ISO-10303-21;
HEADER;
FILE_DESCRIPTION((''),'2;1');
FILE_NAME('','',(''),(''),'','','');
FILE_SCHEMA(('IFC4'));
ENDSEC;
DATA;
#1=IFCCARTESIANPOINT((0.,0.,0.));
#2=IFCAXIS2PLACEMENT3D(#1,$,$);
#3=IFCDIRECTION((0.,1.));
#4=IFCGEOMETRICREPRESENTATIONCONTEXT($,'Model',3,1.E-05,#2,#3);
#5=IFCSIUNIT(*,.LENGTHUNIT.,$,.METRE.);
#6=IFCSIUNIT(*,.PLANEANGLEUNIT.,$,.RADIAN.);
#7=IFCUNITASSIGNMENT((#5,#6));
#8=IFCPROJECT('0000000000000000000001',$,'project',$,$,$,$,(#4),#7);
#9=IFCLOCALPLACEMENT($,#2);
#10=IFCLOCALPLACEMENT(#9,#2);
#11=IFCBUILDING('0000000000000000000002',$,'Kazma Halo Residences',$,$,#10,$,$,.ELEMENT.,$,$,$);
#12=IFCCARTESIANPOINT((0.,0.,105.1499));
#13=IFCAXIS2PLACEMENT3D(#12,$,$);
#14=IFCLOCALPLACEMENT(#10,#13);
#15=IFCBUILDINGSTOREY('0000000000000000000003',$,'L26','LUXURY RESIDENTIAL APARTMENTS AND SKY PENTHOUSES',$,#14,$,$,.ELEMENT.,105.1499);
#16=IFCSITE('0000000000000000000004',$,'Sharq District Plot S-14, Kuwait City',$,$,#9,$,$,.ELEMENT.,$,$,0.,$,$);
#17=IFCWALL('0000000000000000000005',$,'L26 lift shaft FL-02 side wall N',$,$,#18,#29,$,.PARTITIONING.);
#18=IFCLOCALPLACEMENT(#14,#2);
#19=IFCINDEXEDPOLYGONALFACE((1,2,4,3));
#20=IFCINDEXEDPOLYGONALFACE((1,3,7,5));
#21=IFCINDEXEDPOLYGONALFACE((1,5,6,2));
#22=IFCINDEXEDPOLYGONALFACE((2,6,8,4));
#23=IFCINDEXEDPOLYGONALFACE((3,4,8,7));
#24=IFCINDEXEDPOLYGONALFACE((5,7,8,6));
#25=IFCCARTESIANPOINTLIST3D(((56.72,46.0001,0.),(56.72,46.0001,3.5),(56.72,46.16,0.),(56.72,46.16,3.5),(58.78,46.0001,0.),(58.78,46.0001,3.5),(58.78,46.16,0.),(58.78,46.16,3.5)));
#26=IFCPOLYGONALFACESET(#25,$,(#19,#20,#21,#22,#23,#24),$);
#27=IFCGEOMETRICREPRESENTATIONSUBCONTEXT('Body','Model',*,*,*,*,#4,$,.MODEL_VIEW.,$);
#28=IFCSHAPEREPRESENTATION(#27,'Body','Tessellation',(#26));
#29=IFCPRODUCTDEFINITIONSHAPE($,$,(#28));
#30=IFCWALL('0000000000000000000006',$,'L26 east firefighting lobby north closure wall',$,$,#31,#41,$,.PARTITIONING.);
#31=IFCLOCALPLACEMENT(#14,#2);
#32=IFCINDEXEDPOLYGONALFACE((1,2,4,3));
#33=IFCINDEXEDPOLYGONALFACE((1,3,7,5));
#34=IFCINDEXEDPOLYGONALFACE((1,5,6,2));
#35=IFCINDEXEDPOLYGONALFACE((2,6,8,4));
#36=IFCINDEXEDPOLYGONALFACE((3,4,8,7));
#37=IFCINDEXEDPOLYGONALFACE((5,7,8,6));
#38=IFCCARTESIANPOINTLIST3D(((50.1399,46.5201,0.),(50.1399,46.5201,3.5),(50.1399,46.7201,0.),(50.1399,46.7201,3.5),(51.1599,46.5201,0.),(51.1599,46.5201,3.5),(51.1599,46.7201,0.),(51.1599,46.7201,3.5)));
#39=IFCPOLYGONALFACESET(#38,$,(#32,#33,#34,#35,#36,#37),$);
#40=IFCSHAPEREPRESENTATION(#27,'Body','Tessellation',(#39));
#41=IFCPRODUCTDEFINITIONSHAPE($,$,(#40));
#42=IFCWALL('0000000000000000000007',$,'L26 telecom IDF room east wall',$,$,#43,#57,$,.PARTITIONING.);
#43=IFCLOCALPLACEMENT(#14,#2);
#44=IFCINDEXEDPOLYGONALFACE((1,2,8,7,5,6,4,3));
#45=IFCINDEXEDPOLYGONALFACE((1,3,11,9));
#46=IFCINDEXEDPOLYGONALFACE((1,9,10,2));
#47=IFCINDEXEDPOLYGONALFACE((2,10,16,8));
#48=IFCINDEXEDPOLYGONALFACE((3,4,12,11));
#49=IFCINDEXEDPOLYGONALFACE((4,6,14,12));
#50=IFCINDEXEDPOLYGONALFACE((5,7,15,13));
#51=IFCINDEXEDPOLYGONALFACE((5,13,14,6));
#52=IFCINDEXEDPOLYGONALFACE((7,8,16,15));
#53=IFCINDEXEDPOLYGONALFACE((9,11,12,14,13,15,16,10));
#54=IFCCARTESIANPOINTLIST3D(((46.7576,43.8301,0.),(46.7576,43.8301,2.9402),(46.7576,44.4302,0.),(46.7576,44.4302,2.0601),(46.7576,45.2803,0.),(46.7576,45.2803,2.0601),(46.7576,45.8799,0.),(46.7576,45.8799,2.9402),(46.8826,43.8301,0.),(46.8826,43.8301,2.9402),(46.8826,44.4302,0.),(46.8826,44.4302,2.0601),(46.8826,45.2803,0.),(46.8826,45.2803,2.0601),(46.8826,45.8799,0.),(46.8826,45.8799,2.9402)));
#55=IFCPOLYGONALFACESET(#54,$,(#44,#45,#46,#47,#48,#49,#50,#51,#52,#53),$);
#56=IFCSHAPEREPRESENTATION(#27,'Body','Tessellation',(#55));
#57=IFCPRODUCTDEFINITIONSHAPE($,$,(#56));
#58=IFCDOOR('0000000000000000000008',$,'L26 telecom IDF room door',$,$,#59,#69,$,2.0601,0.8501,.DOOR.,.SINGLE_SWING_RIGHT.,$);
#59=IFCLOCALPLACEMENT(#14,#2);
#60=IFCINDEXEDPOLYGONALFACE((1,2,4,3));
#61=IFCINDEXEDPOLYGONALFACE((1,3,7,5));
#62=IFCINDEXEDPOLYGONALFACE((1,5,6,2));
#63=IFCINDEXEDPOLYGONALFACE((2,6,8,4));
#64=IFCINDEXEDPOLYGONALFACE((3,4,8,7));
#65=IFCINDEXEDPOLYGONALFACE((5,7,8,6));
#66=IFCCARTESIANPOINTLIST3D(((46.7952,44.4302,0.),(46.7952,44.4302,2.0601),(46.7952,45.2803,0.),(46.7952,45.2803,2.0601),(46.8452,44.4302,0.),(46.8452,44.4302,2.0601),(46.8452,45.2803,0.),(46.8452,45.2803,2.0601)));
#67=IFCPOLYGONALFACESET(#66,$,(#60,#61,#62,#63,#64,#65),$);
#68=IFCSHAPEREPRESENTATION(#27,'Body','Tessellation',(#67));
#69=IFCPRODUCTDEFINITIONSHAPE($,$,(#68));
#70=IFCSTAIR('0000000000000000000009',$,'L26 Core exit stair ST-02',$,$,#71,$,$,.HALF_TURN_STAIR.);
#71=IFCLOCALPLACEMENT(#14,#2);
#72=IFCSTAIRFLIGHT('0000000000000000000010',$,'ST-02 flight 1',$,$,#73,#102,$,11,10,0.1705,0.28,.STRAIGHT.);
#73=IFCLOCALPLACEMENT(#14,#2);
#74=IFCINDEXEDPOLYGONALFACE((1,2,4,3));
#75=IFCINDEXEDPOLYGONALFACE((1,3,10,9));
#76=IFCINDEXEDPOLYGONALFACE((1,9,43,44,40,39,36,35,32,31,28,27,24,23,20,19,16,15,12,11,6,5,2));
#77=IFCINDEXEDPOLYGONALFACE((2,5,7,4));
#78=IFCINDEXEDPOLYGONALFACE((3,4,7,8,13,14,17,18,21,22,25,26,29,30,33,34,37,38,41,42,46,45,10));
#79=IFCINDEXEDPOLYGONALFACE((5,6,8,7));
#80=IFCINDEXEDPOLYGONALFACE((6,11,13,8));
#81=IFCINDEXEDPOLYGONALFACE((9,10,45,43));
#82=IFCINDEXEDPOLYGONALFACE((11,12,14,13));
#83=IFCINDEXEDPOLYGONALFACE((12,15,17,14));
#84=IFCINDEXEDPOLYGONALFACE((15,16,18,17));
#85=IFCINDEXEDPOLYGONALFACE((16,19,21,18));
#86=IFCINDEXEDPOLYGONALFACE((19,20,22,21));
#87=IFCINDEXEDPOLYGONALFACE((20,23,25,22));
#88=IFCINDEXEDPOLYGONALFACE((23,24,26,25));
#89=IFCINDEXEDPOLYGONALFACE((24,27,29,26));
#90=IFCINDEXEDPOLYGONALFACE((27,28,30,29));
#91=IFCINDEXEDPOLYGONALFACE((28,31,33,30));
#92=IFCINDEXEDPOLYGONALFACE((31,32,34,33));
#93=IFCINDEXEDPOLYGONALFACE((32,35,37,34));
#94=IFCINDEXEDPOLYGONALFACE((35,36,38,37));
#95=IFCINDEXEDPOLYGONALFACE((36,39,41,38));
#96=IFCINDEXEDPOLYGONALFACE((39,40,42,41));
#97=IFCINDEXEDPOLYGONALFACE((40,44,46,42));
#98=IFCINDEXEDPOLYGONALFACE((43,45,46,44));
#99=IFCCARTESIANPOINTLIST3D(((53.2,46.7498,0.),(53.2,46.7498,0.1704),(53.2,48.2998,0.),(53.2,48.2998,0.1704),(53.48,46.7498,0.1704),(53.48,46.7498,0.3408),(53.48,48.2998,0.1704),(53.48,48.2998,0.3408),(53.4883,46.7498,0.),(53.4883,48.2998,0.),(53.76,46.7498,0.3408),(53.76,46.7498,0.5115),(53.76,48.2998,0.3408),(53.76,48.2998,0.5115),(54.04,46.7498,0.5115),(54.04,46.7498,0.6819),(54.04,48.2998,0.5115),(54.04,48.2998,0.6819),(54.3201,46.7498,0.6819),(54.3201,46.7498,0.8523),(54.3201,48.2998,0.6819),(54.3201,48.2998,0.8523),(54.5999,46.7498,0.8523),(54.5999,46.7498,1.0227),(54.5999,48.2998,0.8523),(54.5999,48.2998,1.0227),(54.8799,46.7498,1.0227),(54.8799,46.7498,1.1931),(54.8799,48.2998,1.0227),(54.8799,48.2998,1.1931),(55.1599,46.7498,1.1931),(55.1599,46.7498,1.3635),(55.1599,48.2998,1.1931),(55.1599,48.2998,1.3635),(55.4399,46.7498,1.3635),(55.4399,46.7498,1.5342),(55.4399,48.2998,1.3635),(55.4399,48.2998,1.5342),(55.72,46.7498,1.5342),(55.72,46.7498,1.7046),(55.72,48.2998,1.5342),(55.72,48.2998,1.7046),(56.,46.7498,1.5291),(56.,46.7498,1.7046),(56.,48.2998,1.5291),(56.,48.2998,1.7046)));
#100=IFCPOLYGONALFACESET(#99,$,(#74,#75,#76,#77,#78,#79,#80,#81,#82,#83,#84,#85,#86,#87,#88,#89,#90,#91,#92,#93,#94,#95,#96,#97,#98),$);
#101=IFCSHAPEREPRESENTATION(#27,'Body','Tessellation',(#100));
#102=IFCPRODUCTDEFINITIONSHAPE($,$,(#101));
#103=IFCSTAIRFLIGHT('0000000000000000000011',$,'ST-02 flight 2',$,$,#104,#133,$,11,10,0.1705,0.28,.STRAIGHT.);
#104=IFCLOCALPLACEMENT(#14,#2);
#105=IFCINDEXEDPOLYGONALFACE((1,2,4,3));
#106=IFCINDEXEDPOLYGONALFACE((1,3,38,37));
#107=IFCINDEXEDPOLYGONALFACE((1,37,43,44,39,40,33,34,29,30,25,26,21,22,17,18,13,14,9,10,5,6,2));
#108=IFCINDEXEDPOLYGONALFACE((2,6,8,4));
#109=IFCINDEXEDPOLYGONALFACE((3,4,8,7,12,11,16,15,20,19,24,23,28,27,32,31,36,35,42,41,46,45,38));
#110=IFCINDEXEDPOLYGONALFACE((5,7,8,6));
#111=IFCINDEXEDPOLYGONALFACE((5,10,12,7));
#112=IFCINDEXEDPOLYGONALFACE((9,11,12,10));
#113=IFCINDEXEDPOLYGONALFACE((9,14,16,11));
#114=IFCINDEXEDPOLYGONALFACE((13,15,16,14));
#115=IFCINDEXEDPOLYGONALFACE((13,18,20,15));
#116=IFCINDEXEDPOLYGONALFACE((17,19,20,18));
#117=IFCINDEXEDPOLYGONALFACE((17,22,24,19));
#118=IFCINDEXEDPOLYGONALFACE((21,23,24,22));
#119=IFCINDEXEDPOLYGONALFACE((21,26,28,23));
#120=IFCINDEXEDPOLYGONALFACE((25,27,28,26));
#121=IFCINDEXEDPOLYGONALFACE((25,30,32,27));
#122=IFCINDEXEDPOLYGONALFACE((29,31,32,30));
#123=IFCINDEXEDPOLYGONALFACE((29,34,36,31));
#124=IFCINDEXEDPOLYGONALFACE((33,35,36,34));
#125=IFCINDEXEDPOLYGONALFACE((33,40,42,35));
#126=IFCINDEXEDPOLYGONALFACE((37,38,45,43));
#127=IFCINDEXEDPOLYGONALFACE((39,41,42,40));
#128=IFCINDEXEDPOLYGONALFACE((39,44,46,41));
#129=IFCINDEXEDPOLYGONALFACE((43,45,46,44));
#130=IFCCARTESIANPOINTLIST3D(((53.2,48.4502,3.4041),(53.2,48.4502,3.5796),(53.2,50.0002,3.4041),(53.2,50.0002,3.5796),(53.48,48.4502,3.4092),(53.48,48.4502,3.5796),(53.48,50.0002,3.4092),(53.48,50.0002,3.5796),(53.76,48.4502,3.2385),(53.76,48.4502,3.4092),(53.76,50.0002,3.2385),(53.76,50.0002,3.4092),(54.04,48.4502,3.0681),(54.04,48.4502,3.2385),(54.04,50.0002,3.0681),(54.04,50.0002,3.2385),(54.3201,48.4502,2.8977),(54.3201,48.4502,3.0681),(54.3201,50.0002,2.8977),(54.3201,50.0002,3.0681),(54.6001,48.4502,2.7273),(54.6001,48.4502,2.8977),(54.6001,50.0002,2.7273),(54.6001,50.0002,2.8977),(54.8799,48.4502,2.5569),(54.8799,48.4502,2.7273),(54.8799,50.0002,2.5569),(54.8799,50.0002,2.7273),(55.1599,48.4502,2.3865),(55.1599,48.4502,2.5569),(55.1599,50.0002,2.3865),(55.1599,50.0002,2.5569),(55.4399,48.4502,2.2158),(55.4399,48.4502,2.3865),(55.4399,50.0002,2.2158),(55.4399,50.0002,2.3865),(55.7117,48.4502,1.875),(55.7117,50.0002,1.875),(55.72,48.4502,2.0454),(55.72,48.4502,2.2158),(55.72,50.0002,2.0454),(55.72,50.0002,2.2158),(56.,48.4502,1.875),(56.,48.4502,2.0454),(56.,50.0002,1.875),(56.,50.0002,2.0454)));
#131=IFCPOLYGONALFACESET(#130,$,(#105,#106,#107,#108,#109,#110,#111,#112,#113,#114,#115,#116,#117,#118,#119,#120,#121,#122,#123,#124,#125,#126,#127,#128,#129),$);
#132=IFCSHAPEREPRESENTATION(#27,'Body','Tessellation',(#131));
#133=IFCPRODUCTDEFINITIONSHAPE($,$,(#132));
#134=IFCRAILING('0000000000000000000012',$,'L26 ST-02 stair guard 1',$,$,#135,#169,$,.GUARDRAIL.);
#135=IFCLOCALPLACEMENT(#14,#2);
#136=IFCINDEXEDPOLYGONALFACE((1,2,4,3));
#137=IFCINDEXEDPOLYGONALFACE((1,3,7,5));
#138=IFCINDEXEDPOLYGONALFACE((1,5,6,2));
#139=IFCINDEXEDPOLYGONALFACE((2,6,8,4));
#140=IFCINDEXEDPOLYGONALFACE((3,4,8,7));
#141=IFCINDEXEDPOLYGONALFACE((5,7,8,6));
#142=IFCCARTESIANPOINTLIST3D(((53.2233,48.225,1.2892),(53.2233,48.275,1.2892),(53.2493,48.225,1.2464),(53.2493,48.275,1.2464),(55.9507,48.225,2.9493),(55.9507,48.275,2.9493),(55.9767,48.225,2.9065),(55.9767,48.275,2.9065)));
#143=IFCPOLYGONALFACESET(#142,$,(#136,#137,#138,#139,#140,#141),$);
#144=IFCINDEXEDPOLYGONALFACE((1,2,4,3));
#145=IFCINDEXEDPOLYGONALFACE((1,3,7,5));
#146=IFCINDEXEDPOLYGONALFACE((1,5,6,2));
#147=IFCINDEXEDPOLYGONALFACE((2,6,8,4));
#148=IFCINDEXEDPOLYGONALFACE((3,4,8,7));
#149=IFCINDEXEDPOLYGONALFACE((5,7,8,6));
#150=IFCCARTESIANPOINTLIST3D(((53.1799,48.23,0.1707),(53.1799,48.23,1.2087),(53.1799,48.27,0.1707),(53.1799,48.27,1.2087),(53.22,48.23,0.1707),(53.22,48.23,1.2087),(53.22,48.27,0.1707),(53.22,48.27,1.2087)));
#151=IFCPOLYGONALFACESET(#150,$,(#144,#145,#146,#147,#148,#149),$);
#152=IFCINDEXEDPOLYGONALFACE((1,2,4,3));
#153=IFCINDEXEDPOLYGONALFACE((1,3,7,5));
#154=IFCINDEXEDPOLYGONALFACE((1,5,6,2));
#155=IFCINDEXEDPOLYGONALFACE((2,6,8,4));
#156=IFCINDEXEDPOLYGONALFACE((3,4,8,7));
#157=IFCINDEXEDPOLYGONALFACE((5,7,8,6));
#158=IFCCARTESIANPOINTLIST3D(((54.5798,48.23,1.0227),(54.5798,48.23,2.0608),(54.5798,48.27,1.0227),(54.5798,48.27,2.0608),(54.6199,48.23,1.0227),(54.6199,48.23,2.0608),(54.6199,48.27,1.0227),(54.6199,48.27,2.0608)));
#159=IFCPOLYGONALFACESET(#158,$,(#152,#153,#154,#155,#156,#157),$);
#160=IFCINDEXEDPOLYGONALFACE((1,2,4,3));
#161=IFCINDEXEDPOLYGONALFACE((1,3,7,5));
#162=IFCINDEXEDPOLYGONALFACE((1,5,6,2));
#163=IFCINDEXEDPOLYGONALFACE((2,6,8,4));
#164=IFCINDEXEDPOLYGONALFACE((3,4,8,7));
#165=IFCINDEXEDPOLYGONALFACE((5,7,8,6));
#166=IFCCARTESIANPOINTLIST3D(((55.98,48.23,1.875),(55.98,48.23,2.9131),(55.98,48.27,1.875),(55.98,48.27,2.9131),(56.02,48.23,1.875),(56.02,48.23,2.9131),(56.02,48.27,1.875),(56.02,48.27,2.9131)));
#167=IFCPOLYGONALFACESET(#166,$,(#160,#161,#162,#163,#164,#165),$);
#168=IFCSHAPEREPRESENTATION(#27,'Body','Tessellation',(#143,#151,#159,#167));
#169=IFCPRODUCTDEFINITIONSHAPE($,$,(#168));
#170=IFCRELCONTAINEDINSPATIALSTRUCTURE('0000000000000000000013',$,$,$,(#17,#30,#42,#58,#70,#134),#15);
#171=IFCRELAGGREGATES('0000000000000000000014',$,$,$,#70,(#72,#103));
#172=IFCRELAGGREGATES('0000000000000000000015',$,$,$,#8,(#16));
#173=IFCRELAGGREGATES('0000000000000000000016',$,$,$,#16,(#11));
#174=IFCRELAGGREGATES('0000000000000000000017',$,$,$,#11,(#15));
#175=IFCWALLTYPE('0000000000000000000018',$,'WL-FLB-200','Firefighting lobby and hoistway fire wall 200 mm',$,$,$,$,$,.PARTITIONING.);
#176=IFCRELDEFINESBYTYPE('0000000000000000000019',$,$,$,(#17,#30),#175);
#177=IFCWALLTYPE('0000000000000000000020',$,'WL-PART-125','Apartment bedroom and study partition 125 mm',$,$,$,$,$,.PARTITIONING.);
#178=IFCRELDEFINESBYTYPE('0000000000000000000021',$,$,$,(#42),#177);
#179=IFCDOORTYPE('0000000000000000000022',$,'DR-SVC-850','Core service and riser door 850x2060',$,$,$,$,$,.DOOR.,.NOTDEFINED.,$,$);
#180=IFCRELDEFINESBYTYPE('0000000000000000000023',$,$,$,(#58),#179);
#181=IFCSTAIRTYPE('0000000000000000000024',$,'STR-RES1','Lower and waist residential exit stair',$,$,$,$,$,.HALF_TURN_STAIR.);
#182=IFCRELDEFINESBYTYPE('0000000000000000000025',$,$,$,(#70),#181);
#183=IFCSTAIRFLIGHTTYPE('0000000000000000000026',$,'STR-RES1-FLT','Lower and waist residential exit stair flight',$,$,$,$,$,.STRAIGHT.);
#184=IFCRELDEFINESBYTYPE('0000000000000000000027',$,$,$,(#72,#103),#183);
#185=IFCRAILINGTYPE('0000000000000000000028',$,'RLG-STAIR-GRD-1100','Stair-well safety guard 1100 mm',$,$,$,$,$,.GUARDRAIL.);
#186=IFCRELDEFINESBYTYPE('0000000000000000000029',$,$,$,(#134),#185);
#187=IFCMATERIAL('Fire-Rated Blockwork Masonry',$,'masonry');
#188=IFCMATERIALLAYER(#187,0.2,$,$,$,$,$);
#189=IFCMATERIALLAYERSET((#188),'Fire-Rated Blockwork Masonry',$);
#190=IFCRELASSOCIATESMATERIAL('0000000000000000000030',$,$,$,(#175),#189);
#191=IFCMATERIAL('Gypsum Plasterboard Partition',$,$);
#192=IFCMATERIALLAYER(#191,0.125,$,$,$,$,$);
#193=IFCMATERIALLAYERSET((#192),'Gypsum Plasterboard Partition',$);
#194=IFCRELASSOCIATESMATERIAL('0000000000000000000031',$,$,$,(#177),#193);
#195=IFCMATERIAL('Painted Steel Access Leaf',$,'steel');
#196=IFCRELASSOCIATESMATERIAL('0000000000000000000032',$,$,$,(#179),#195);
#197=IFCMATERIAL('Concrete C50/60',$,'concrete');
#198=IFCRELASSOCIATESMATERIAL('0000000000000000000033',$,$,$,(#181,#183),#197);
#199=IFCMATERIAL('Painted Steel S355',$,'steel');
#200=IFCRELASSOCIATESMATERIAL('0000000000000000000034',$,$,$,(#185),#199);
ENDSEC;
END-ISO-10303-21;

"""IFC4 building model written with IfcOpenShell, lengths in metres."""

from ifc_helpers import new_model, si_unit, direction, frame, frame_2d, origin, origin_2d, place, context, subcontext, project, spatial, polyline, rectangle, outline, extrude, material, layer, layer_set, type_object, element, fill, aggregate, save


model = new_model("IFC4")

# Units and contexts
model_context = context("Model", 3, precision=1e-05, world=origin(), true_north=direction((0.0, 1.0)))
body_context = subcontext(model_context, "Body", "Model", "MODEL_VIEW")
ifc_project = project(units=[si_unit("LENGTHUNIT", "METRE"), si_unit("PLANEANGLEUNIT", "RADIAN")], contexts=[model_context])

# Site, building, storey
site_placement = place(None, origin())
site = spatial("IfcSite", under=ifc_project, at=site_placement, Name="Sharq District Plot S-14, Kuwait City", CompositionType="ELEMENT", RefElevation=0.0)
building_placement = place(site_placement, origin())
building = spatial("IfcBuilding", under=site, at=building_placement, Name="Kazma Halo Residences", CompositionType="ELEMENT")
storey_placement = place(building_placement, frame((0.0, 0.0, 105.1499)))
storey = spatial("IfcBuildingStorey", under=building, at=storey_placement, Name="L26", Description="LUXURY RESIDENTIAL APARTMENTS AND SKY PENTHOUSES", CompositionType="ELEMENT", Elevation=105.1499)

# Shared definitions
ifc_material_1 = material(Name="Fire-Rated Blockwork Masonry", Category="masonry")
ifc_layer_1 = layer(ifc_material_1, 0.2)
ifc_layer_set_1 = layer_set([ifc_layer_1], Name="Fire-Rated Blockwork Masonry")
wall_type_1 = type_object("IfcWallType", Name="WL-FLB-200", Description="Firefighting lobby and hoistway fire wall 200 mm", PredefinedType="PARTITIONING", material=ifc_layer_set_1)

# Walls
wall_1_placement = place(storey_placement, frame((56.72, 46.0801, 0.0), z_axis=(0.0, 0.0, 1.0), x_axis=(1.0, 0.0, 0.0)))
element("IfcWall", 1, at=wall_1_placement, inside=storey, type_object=wall_type_1, Name="L26 lift shaft FL-02 side wall N", PredefinedType="PARTITIONING", context=body_context, shape_type="SweptSolid", body=[
    extrude(rectangle(XDim=2.0601, YDim=0.1599, at=frame_2d((1.03, 0.0))), origin(), (0.0, 0.0, 1.0), 3.5),
])
wall_2_placement = place(storey_placement, frame((50.1399, 46.6201, 0.0), z_axis=(0.0, 0.0, 1.0), x_axis=(1.0, 0.0, 0.0)))
element("IfcWall", 2, at=wall_2_placement, inside=storey, type_object=wall_type_1, Name="L26 east firefighting lobby north closure wall", PredefinedType="PARTITIONING", context=body_context, shape_type="SweptSolid", body=[
    extrude(rectangle(XDim=1.02, YDim=0.2, at=frame_2d((0.51, 0.0))), origin(), (0.0, 0.0, 1.0), 3.5),
])

# Wall, opening, door
ifc_material_2 = material(Name="Gypsum Plasterboard Partition")
ifc_layer_2 = layer(ifc_material_2, 0.125)
ifc_layer_set_2 = layer_set([ifc_layer_2], Name="Gypsum Plasterboard Partition")
wall_type_2 = type_object("IfcWallType", Name="WL-PART-125", Description="Apartment bedroom and study partition 125 mm", PredefinedType="PARTITIONING", material=ifc_layer_set_2)
wall_3_placement = place(storey_placement, frame((46.8201, 43.8301, 0.0), z_axis=(0.0, 0.0, 1.0), x_axis=(0.0, 1.0, 0.0)))
wall_3 = element("IfcWall", 3, at=wall_3_placement, inside=storey, type_object=wall_type_2, Name="L26 telecom IDF room east wall", PredefinedType="PARTITIONING", context=body_context, shape_type="SweptSolid", body=[
    extrude(rectangle(XDim=2.0498, YDim=0.125, at=frame_2d((1.0249, 0.0))), origin(), (0.0, 0.0, 1.0), 2.9402),
])
opening_1_placement = place(wall_3_placement, frame((0.6001, 0.0, 0.0)))
opening_1 = element("IfcOpeningElement", 4, at=opening_1_placement, cuts=wall_3, PredefinedType="OPENING", context=body_context, shape_type="SweptSolid", body=[
    extrude(rectangle(XDim=0.8501, YDim=2.0601, at=frame_2d((0.425, 1.03))), frame((0.0, 0.0725, 0.0), z_axis=(0.0, -1.0, 0.0), x_axis=(1.0, 0.0, 0.0)), (0.0, 0.0, 1.0), 0.145),
])
ifc_material_3 = material(Name="Painted Steel Access Leaf", Category="steel")
door_type_1 = type_object("IfcDoorType", Name="DR-SVC-850", Description="Core service and riser door 850x2060", OperationType="NOTDEFINED", PredefinedType="DOOR", material=ifc_material_3)
door_1_placement = place(opening_1_placement, origin())
door_1 = element("IfcDoor", 5, at=door_1_placement, inside=storey, type_object=door_type_1, Name="L26 telecom IDF room door", OperationType="SINGLE_SWING_RIGHT", OverallHeight=2.0601, OverallWidth=0.8501, PredefinedType="DOOR", context=body_context, shape_type="SweptSolid", body=[
    extrude(rectangle(XDim=0.8501, YDim=2.0601, at=frame_2d((0.425, 1.03))), frame((0.0, 0.0249, 0.0), z_axis=(0.0, -1.0, 0.0), x_axis=(1.0, 0.0, 0.0)), (0.0, 0.0, 1.0), 0.05),
])
fill(opening_1, door_1)
ifc_material_4 = material(Name="Concrete C50/60", Category="concrete")

# Stair, stair flights
stair_type = type_object("IfcStairType", Name="STR-RES1", Description="Lower and waist residential exit stair", PredefinedType="HALF_TURN_STAIR", material=ifc_material_4)
stair_placement = place(storey_placement, origin())
stair = element("IfcStair", 6, at=stair_placement, inside=storey, type_object=stair_type, Name="L26 Core exit stair ST-02", PredefinedType="HALF_TURN_STAIR")
stair_flight_type = type_object("IfcStairFlightType", Name="STR-RES1-FLT", Description="Lower and waist residential exit stair flight", PredefinedType="STRAIGHT", material=ifc_material_4)
stair_flight_1_placement = place(storey_placement, frame((53.2, 47.5249, 0.0), z_axis=(0.0, 0.0, 1.0), x_axis=(1.0, 0.0, 0.0)))
stair_flight_1 = element("IfcStairFlight", 7, at=stair_flight_1_placement, type_object=stair_flight_type, Name="ST-02 flight 1", NumberOfRisers=11, NumberOfTreads=10, PredefinedType="STRAIGHT", RiserHeight=0.1705, TreadLength=0.28, context=body_context, shape_type="SweptSolid", body=[
    extrude(outline(polyline([(0.0, 0.0), (0.0, 0.1704), (0.28, 0.1704), (0.28, 0.3408), (0.5601, 0.3408), (0.5601, 0.5115), (0.8401, 0.5115), (0.8401, 0.6819), (1.1201, 0.6819), (1.1201, 0.8523), (1.3999, 0.8523), (1.3999, 1.0227), (1.6799, 1.0227), (1.6799, 1.1931), (1.96, 1.1931), (1.96, 1.3635), (2.24, 1.3635), (2.24, 1.5342), (2.52, 1.5342), (2.52, 1.7046), (2.8, 1.7046), (2.8, 1.875), (2.8, 1.5291), (0.2883, 0.0), (0.0, 0.0)])), frame((0.0, 0.7749, 0.0), z_axis=(0.0, -1.0, 0.0), x_axis=(1.0, 0.0, 0.0)), (0.0, 0.0, 1.0), 1.55),
])
stair_flight_2_placement = place(storey_placement, frame((56.0, 49.2251, 1.875), z_axis=(0.0, 0.0, 1.0), x_axis=(-1.0, 0.0, 0.0)))
stair_flight_2 = element("IfcStairFlight", 8, at=stair_flight_2_placement, type_object=stair_flight_type, Name="ST-02 flight 2", NumberOfRisers=11, NumberOfTreads=10, PredefinedType="STRAIGHT", RiserHeight=0.1705, TreadLength=0.28, context=body_context, shape_type="SweptSolid", body=[
    extrude(outline(polyline([(0.0, 0.0), (0.0, 0.1704), (0.28, 0.1704), (0.28, 0.3408), (0.5601, 0.3408), (0.5601, 0.5115), (0.8401, 0.5115), (0.8401, 0.6819), (1.1201, 0.6819), (1.1201, 0.8523), (1.3999, 0.8523), (1.3999, 1.0227), (1.6799, 1.0227), (1.6799, 1.1931), (1.96, 1.1931), (1.96, 1.3635), (2.24, 1.3635), (2.24, 1.5342), (2.52, 1.5342), (2.52, 1.7046), (2.8, 1.7046), (2.8, 1.875), (2.8, 1.5291), (0.2883, 0.0), (0.0, 0.0)])), frame((0.0, 0.7749, 0.0), z_axis=(0.0, -1.0, 0.0), x_axis=(1.0, 0.0, 0.0)), (0.0, 0.0, 1.0), 1.55),
])
aggregate(stair, [stair_flight_1, stair_flight_2])

# Railing
ifc_material_5 = material(Name="Painted Steel S355", Category="steel")
railing_type_1 = type_object("IfcRailingType", Name="RLG-STAIR-GRD-1100", Description="Stair-well safety guard 1100 mm", PredefinedType="GUARDRAIL", material=ifc_material_5)
railing_1_placement = place(storey_placement, frame((53.2, 48.25, 0.1707)))
element("IfcRailing", 9, at=railing_1_placement, inside=storey, type_object=railing_type_1, Name="L26 ST-02 stair guard 1", PredefinedType="GUARDRAIL", context=body_context, shape_type="SweptSolid", body=[
    extrude(rectangle(XDim=0.05, YDim=0.05, at=origin_2d()), frame((0.0364, 0.0, 1.0972), z_axis=(0.854203, 0.0, 0.51994), x_axis=(0.0, 1.0, 0.0)), (0.0, 0.0, 1.0), 3.1929),
    extrude(rectangle(XDim=0.04, YDim=0.04, at=origin_2d()), origin(), (0.0, 0.0, 1.0), 1.0381),
    extrude(rectangle(XDim=0.04, YDim=0.04, at=origin_2d()), frame((1.3999, 0.0, 0.8521)), (0.0, 0.0, 1.0), 1.0381),
    extrude(rectangle(XDim=0.04, YDim=0.04, at=origin_2d()), frame((2.8, 0.0, 1.7043)), (0.0, 0.0, 1.0), 1.0381),
])

save(model, "model.ifc")
